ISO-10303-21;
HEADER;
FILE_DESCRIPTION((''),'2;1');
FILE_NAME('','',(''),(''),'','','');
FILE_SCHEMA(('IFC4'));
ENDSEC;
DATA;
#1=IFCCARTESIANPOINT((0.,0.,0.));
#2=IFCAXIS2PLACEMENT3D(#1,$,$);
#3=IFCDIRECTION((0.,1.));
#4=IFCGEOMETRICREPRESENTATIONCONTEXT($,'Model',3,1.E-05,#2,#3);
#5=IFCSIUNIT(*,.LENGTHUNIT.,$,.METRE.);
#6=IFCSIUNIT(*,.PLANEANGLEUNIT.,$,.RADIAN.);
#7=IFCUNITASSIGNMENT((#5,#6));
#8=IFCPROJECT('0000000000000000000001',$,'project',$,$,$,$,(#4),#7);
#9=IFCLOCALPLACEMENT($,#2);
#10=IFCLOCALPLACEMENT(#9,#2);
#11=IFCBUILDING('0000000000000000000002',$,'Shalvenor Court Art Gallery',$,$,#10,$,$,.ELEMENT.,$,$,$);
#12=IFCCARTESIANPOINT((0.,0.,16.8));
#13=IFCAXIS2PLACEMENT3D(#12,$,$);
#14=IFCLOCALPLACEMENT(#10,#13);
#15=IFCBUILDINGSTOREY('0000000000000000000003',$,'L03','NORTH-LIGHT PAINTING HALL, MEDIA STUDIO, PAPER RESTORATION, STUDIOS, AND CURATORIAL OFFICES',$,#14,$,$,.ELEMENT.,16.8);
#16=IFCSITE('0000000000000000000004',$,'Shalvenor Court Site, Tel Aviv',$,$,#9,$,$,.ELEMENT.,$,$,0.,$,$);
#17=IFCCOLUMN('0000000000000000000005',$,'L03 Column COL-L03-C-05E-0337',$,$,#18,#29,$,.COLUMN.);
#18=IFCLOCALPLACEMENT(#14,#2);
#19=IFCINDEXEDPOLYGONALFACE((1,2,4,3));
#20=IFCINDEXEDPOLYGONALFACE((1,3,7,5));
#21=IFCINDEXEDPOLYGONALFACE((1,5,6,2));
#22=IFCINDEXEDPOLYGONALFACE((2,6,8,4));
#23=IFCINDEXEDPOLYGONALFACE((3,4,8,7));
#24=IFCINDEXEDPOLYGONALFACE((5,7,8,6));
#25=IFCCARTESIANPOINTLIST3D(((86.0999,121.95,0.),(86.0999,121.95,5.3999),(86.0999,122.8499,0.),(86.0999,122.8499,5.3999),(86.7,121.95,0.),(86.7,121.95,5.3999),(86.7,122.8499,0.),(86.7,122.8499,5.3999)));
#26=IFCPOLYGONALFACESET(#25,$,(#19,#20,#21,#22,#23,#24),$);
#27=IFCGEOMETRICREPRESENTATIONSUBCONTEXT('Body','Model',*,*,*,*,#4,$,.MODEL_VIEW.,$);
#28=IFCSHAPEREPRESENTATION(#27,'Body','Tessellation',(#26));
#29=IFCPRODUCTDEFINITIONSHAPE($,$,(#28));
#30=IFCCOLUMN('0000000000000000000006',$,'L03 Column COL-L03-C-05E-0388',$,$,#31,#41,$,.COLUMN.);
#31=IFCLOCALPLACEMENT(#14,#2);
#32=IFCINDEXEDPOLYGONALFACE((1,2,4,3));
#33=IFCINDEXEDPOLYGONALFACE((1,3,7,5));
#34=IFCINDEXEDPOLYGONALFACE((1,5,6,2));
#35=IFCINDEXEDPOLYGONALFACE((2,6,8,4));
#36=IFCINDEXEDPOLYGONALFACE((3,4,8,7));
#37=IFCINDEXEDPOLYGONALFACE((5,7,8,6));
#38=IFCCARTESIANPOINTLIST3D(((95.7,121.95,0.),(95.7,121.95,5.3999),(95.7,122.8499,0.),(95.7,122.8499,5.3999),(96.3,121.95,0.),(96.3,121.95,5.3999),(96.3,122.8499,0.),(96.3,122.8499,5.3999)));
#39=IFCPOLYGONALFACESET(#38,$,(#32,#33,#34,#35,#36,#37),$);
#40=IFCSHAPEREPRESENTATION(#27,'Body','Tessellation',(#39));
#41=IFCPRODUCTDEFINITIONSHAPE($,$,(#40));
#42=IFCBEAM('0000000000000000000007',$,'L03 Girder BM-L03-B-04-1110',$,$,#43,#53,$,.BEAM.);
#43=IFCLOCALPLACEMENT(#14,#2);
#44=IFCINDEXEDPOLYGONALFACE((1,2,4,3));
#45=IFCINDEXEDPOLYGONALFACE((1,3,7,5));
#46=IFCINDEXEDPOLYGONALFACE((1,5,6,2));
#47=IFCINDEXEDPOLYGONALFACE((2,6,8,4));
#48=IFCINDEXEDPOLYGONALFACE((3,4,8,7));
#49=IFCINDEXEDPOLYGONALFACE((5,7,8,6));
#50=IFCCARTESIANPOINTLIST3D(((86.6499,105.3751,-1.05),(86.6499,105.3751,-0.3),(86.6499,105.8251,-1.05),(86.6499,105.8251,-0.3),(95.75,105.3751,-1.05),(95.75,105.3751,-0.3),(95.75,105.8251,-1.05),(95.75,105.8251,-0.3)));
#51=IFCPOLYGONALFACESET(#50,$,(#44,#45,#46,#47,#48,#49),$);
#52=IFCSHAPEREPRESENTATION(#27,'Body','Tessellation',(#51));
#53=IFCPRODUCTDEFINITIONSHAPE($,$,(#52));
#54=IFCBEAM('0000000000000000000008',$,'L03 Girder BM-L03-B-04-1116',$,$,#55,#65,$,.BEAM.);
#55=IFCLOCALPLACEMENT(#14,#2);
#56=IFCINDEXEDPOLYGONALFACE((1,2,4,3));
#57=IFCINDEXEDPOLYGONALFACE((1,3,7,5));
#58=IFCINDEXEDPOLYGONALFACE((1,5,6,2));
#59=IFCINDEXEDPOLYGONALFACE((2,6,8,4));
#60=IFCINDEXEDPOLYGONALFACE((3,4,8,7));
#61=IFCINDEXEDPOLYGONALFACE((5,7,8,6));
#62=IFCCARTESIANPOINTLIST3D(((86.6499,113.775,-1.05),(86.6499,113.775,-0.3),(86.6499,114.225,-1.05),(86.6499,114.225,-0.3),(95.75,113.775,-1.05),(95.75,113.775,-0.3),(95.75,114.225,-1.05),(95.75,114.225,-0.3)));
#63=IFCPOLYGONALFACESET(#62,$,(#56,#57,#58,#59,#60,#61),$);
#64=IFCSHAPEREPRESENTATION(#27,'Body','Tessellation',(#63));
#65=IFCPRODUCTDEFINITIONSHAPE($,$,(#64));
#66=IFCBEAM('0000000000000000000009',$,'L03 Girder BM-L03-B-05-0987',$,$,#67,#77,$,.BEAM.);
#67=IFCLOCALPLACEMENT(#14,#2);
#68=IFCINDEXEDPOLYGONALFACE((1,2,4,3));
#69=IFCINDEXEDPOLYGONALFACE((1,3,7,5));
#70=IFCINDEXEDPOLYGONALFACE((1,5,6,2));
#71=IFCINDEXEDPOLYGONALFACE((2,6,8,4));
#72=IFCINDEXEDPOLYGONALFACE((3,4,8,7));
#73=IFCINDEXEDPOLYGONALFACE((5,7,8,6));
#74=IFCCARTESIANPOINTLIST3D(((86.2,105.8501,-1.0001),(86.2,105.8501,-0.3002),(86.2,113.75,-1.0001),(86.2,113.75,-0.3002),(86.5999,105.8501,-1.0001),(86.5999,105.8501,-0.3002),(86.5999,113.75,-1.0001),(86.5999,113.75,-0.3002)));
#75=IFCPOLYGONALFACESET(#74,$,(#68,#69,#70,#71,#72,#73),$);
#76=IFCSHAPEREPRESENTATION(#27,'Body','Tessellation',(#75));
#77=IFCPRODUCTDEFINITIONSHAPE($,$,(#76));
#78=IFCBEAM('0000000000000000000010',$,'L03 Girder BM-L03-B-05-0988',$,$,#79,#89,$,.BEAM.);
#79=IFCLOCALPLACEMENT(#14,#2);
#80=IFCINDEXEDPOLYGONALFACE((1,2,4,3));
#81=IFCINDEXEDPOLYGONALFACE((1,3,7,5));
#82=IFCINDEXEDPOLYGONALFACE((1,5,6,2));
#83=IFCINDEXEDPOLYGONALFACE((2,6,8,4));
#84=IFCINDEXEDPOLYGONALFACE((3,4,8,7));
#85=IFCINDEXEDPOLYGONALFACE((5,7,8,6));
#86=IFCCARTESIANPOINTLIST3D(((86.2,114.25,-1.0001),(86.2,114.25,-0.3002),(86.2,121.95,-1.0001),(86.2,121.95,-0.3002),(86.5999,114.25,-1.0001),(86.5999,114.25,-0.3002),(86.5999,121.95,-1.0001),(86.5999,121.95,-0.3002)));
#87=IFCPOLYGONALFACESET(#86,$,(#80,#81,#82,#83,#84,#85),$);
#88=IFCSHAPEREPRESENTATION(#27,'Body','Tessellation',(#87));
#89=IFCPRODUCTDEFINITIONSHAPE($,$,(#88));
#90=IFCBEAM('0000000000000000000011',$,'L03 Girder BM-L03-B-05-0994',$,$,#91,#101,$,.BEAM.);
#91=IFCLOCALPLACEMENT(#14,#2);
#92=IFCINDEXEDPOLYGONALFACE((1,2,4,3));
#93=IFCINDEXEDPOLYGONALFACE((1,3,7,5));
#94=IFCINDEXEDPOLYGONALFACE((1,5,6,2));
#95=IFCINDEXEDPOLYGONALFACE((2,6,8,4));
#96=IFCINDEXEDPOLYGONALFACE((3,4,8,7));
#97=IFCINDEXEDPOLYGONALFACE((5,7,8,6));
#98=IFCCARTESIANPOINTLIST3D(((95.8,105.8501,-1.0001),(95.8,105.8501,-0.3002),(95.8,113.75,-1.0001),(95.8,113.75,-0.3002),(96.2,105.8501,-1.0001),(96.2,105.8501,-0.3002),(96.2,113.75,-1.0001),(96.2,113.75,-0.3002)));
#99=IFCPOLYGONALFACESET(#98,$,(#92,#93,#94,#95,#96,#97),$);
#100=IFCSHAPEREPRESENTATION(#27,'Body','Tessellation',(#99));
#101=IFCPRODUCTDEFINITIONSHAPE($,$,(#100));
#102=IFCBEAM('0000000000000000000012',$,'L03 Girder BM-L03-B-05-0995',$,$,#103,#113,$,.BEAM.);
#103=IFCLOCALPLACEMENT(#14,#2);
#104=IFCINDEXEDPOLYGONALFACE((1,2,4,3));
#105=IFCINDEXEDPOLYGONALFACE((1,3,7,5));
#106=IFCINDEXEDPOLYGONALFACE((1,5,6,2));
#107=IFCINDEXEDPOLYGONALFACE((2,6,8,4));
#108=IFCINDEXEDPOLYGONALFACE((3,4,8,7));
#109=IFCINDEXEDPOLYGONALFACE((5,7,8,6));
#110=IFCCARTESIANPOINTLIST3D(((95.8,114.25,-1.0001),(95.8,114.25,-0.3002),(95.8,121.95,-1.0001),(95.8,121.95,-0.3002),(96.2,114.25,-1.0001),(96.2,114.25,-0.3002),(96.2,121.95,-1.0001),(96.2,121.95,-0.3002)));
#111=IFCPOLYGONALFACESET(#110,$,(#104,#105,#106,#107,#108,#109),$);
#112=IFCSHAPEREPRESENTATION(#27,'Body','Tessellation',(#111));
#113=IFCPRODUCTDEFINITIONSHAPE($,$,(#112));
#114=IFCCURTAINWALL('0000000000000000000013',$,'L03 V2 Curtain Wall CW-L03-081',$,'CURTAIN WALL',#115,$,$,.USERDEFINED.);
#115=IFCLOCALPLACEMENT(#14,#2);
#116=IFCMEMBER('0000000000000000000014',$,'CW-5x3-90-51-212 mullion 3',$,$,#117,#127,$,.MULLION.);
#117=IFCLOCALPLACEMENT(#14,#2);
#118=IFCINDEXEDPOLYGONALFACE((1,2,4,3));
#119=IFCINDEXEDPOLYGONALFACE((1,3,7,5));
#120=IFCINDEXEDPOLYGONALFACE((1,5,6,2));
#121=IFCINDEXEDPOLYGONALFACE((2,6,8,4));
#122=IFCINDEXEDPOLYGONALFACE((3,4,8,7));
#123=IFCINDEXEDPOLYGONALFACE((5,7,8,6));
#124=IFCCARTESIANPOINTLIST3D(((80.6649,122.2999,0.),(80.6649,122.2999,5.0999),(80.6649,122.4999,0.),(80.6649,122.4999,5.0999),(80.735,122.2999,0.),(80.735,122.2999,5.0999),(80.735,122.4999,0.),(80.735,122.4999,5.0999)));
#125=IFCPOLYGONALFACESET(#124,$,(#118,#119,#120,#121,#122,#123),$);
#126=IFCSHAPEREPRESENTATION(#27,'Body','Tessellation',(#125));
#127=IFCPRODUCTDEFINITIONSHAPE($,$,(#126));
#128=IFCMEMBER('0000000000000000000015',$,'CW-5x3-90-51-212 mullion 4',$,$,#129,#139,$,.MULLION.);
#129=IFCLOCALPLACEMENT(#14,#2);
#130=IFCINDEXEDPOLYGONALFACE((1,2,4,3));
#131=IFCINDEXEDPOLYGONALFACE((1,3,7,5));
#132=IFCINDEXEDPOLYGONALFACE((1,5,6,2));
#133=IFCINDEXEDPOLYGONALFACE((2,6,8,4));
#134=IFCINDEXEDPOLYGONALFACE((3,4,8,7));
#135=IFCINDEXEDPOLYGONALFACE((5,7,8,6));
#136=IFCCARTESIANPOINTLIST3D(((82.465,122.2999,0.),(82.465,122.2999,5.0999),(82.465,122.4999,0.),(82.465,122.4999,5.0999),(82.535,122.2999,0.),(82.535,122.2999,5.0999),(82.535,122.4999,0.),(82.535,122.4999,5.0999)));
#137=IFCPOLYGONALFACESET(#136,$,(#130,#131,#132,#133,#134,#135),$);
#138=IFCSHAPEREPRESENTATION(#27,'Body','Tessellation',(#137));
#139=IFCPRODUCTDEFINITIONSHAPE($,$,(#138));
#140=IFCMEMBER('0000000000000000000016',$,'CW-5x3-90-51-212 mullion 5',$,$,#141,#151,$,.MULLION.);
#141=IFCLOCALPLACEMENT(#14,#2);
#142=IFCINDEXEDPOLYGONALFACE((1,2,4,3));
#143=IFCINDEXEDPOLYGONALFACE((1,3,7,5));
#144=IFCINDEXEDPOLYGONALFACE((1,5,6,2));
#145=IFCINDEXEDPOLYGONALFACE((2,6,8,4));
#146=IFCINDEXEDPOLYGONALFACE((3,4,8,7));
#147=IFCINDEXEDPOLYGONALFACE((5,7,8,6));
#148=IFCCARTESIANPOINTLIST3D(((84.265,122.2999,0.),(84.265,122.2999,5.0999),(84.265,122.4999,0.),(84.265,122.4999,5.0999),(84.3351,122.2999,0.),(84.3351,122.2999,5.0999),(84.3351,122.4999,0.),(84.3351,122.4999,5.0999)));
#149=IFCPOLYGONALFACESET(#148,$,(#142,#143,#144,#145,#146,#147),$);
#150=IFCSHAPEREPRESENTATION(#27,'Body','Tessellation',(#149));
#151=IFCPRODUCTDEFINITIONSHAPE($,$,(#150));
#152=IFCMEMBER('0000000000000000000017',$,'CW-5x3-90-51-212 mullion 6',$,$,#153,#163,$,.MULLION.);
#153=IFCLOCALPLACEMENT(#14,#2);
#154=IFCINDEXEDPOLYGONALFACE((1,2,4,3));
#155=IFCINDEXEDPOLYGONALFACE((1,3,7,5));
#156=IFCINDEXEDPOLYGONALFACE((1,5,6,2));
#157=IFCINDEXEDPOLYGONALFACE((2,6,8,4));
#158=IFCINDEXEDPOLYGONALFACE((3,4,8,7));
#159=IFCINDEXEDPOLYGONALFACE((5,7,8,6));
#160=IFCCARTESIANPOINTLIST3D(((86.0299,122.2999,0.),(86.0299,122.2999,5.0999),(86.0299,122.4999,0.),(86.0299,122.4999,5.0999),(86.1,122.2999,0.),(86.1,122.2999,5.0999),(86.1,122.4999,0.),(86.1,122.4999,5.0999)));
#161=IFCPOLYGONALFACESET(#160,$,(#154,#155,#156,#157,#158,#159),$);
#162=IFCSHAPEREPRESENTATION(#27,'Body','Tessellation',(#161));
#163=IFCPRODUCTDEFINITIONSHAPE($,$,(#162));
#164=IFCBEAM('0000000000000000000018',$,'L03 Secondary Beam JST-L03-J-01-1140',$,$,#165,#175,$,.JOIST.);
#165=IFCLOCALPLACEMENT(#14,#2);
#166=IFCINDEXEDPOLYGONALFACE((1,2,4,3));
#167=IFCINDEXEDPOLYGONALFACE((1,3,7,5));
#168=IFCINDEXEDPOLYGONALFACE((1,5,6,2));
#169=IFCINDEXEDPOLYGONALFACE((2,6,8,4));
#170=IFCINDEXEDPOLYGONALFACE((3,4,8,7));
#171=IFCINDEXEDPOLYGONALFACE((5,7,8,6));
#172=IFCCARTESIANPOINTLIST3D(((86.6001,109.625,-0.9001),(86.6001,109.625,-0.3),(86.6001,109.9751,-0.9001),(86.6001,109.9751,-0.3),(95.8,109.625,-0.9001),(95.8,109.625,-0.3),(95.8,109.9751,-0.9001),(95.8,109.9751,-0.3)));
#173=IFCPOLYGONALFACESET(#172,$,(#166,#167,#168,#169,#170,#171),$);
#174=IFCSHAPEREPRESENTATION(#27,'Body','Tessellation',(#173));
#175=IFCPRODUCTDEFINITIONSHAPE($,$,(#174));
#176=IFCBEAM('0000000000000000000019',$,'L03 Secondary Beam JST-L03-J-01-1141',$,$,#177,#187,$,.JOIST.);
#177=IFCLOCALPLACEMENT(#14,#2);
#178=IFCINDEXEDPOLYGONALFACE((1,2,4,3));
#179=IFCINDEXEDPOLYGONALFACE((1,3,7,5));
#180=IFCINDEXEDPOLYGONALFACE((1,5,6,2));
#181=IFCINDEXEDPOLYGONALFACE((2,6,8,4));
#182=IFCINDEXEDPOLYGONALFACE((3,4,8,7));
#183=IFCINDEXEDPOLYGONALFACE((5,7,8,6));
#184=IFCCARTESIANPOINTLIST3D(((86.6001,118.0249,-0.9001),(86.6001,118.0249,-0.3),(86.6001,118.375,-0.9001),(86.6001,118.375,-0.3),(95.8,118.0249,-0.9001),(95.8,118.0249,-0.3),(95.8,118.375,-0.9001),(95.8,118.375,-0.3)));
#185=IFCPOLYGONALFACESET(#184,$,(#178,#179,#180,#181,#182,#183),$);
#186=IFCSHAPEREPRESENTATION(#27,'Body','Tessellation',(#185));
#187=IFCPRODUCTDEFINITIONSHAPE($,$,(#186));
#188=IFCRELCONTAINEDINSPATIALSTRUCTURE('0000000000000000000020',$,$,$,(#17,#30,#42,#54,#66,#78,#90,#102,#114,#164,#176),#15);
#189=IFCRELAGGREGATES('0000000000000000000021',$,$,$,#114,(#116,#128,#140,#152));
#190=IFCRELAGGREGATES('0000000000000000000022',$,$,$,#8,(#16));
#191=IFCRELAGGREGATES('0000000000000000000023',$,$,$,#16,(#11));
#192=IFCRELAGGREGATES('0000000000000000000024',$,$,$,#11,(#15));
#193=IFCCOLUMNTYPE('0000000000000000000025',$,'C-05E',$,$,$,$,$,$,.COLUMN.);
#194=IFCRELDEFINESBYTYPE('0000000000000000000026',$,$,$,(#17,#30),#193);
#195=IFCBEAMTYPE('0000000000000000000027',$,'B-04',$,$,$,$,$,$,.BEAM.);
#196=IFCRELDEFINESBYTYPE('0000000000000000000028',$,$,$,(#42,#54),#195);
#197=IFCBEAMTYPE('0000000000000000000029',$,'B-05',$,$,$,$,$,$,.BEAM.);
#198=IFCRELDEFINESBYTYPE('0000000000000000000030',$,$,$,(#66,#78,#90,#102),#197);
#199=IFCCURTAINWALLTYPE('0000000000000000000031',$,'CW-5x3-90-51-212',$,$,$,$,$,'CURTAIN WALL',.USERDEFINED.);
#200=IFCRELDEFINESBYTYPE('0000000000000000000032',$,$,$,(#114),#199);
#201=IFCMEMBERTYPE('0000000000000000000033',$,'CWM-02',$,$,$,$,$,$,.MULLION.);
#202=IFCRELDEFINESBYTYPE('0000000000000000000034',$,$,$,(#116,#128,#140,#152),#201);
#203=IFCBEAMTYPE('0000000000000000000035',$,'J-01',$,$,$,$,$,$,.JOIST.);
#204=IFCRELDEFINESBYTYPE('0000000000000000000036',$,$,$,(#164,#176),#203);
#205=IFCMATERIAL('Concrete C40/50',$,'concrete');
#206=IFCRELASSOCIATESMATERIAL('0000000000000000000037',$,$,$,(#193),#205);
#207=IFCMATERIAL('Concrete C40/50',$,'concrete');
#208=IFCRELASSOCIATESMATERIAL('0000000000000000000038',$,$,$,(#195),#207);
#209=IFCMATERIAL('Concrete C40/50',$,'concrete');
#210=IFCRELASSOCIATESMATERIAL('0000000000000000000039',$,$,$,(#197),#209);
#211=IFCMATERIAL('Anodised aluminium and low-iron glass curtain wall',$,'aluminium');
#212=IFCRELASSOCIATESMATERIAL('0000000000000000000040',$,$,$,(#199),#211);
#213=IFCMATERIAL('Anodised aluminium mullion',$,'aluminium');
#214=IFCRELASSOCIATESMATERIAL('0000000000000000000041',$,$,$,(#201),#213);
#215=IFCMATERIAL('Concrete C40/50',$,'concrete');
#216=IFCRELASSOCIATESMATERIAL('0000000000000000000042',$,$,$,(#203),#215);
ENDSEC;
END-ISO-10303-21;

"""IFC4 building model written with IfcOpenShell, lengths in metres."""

from ifc_helpers import new_model, si_unit, direction, frame, origin, origin_2d, place, context, subcontext, project, spatial, rectangle, extrude, material, material_profile, profile_set, type_object, element, aggregate, save


model = new_model("IFC4")

# Units and contexts
model_context = context("Model", 3, precision=1e-05, world=origin(), true_north=direction((0.0, 1.0)))
body_context = subcontext(model_context, "Body", "Model", "MODEL_VIEW")
ifc_project = project(units=[si_unit("LENGTHUNIT", "METRE"), si_unit("PLANEANGLEUNIT", "RADIAN")], contexts=[model_context])

# Site, building, storey
site_placement = place(None, origin())
site = spatial("IfcSite", under=ifc_project, at=site_placement, Name="Shalvenor Court Site, Tel Aviv", CompositionType="ELEMENT", RefElevation=0.0)
building_placement = place(site_placement, origin())
building = spatial("IfcBuilding", under=site, at=building_placement, Name="Shalvenor Court Art Gallery", CompositionType="ELEMENT")
storey_placement = place(building_placement, frame((0.0, 0.0, 16.8)))
storey = spatial("IfcBuildingStorey", under=building, at=storey_placement, Name="L03", Description="NORTH-LIGHT PAINTING HALL, MEDIA STUDIO, PAPER RESTORATION, STUDIOS, AND CURATORIAL OFFICES", CompositionType="ELEMENT", Elevation=16.8)

# Columns
ifc_material_1 = material(Name="Concrete C40/50", Category="concrete")
ifc_material_profile_1 = material_profile(ifc_material_1, rectangle(XDim=0.6001, YDim=0.8999, at=origin_2d()), Name="RC 600x900")
ifc_profile_set_1 = profile_set([ifc_material_profile_1], Name="Concrete C40/50")
column_type = type_object("IfcColumnType", Name="C-05E", PredefinedType="COLUMN", material=ifc_profile_set_1)
for number, where, z_axis, x_axis, name in (
    (1, (86.3999, 122.3999, 0.0), (0.0, 0.0, 1.0), (1.0, 0.0, 0.0), "L03 Column COL-L03-C-05E-0337"),
    (2, (96.0, 122.3999, 0.0), (0.0, 0.0, 1.0), (1.0, 0.0, 0.0), "L03 Column COL-L03-C-05E-0388"),
):
    element("IfcColumn", number, at=place(storey_placement, frame(where, z_axis=z_axis, x_axis=x_axis)), inside=storey, type_object=column_type, Name=name, PredefinedType="COLUMN", context=body_context, shape_type="SweptSolid", body=[
        extrude(rectangle(XDim=0.6001, YDim=0.8999, at=origin_2d()), origin(), (0.0, 0.0, 1.0), 5.3999),
    ])

# Beams
ifc_material_2 = material(Name="Concrete C40/50", Category="concrete")
ifc_material_profile_2 = material_profile(ifc_material_2, rectangle(XDim=0.45, YDim=0.75, at=origin_2d()), Name="RC 450x750")
ifc_profile_set_2 = profile_set([ifc_material_profile_2], Name="Concrete C40/50")
beam_type_1 = type_object("IfcBeamType", Name="B-04", PredefinedType="BEAM", material=ifc_profile_set_2)
for number, where, z_axis, x_axis, name in (
    (3, (86.6499, 105.6001, -0.675), (1.0, 0.0, 0.0), (0.0, 1.0, 0.0), "L03 Girder BM-L03-B-04-1110"),
    (4, (86.6499, 114.0, -0.675), (1.0, 0.0, 0.0), (0.0, 1.0, 0.0), "L03 Girder BM-L03-B-04-1116"),
):
    element("IfcBeam", number, at=place(storey_placement, frame(where, z_axis=z_axis, x_axis=x_axis)), inside=storey, type_object=beam_type_1, Name=name, PredefinedType="BEAM", context=body_context, shape_type="SweptSolid", body=[
        extrude(rectangle(XDim=0.45, YDim=0.75, at=origin_2d()), origin(), (0.0, 0.0, 1.0), 9.1001),
    ])
ifc_material_3 = material(Name="Concrete C40/50", Category="concrete")
ifc_material_profile_3 = material_profile(ifc_material_3, rectangle(XDim=0.3999, YDim=0.7, at=origin_2d()), Name="RC 400x700")
ifc_profile_set_3 = profile_set([ifc_material_profile_3], Name="Concrete C40/50")
beam_type_2 = type_object("IfcBeamType", Name="B-05", PredefinedType="BEAM", material=ifc_profile_set_3)
beam_1_placement = place(storey_placement, frame((86.3999, 105.8501, -0.6501), z_axis=(0.0, 1.0, 0.0), x_axis=(-1.0, 0.0, 0.0)))
element("IfcBeam", 5, at=beam_1_placement, inside=storey, type_object=beam_type_2, Name="L03 Girder BM-L03-B-05-0987", PredefinedType="BEAM", context=body_context, shape_type="SweptSolid", body=[
    extrude(rectangle(XDim=0.3999, YDim=0.7, at=origin_2d()), origin(), (0.0, 0.0, 1.0), 7.8999),
])
beam_2_placement = place(storey_placement, frame((86.3999, 114.25, -0.6501), z_axis=(0.0, 1.0, 0.0), x_axis=(-1.0, 0.0, 0.0)))
element("IfcBeam", 6, at=beam_2_placement, inside=storey, type_object=beam_type_2, Name="L03 Girder BM-L03-B-05-0988", PredefinedType="BEAM", context=body_context, shape_type="SweptSolid", body=[
    extrude(rectangle(XDim=0.3999, YDim=0.7, at=origin_2d()), origin(), (0.0, 0.0, 1.0), 7.7),
])
beam_3_placement = place(storey_placement, frame((96.0, 105.8501, -0.6501), z_axis=(0.0, 1.0, 0.0), x_axis=(-1.0, 0.0, 0.0)))
element("IfcBeam", 7, at=beam_3_placement, inside=storey, type_object=beam_type_2, Name="L03 Girder BM-L03-B-05-0994", PredefinedType="BEAM", context=body_context, shape_type="SweptSolid", body=[
    extrude(rectangle(XDim=0.3999, YDim=0.7, at=origin_2d()), origin(), (0.0, 0.0, 1.0), 7.8999),
])
beam_4_placement = place(storey_placement, frame((96.0, 114.25, -0.6501), z_axis=(0.0, 1.0, 0.0), x_axis=(-1.0, 0.0, 0.0)))
element("IfcBeam", 8, at=beam_4_placement, inside=storey, type_object=beam_type_2, Name="L03 Girder BM-L03-B-05-0995", PredefinedType="BEAM", context=body_context, shape_type="SweptSolid", body=[
    extrude(rectangle(XDim=0.3999, YDim=0.7, at=origin_2d()), origin(), (0.0, 0.0, 1.0), 7.7),
])

# Curtain wall, members
ifc_material_4 = material(Name="Anodised aluminium and low-iron glass curtain wall", Category="aluminium")
curtain_wall_type = type_object("IfcCurtainWallType", Name="CW-5x3-90-51-212", ElementType="CURTAIN WALL", PredefinedType="USERDEFINED", material=ifc_material_4)
curtain_wall_placement = place(storey_placement, origin())
curtain_wall = element("IfcCurtainWall", 9, at=curtain_wall_placement, inside=storey, type_object=curtain_wall_type, Name="L03 V2 Curtain Wall CW-L03-081", ObjectType="CURTAIN WALL", PredefinedType="USERDEFINED")
ifc_material_5 = material(Name="Anodised aluminium mullion", Category="aluminium")
ifc_material_profile_4 = material_profile(ifc_material_5, rectangle(XDim=0.0701, YDim=0.2, at=origin_2d()), Name="CWM-02")
ifc_profile_set_4 = profile_set([ifc_material_profile_4], Name="Anodised aluminium mullion")
member_type = type_object("IfcMemberType", Name="CWM-02", PredefinedType="MULLION", material=ifc_profile_set_4)
member_1_placement = place(storey_placement, frame((80.7, 122.3999, 0.0), z_axis=(0.0, 0.0, 1.0), x_axis=(1.0, 0.0, 0.0)))
member_1 = element("IfcMember", 10, at=member_1_placement, type_object=member_type, Name="CW-5x3-90-51-212 mullion 3", PredefinedType="MULLION", context=body_context, shape_type="SweptSolid", body=[
    extrude(rectangle(XDim=0.0701, YDim=0.2, at=origin_2d()), origin(), (0.0, 0.0, 1.0), 5.0999),
])
member_2_placement = place(storey_placement, frame((82.5, 122.3999, 0.0), z_axis=(0.0, 0.0, 1.0), x_axis=(1.0, 0.0, 0.0)))
member_2 = element("IfcMember", 11, at=member_2_placement, type_object=member_type, Name="CW-5x3-90-51-212 mullion 4", PredefinedType="MULLION", context=body_context, shape_type="SweptSolid", body=[
    extrude(rectangle(XDim=0.0701, YDim=0.2, at=origin_2d()), origin(), (0.0, 0.0, 1.0), 5.0999),
])
member_3_placement = place(storey_placement, frame((84.3, 122.3999, 0.0), z_axis=(0.0, 0.0, 1.0), x_axis=(1.0, 0.0, 0.0)))
member_3 = element("IfcMember", 12, at=member_3_placement, type_object=member_type, Name="CW-5x3-90-51-212 mullion 5", PredefinedType="MULLION", context=body_context, shape_type="SweptSolid", body=[
    extrude(rectangle(XDim=0.0701, YDim=0.2, at=origin_2d()), origin(), (0.0, 0.0, 1.0), 5.0999),
])
member_4_placement = place(storey_placement, frame((86.0649, 122.3999, 0.0), z_axis=(0.0, 0.0, 1.0), x_axis=(1.0, 0.0, 0.0)))
member_4 = element("IfcMember", 13, at=member_4_placement, type_object=member_type, Name="CW-5x3-90-51-212 mullion 6", PredefinedType="MULLION", context=body_context, shape_type="SweptSolid", body=[
    extrude(rectangle(XDim=0.0701, YDim=0.2, at=origin_2d()), origin(), (0.0, 0.0, 1.0), 5.0999),
])

# Beams
ifc_material_6 = material(Name="Concrete C40/50", Category="concrete")
ifc_material_profile_5 = material_profile(ifc_material_6, rectangle(XDim=0.3501, YDim=0.6001, at=origin_2d()), Name="RC 350x600")
ifc_profile_set_5 = profile_set([ifc_material_profile_5], Name="Concrete C40/50")
beam_type_3 = type_object("IfcBeamType", Name="J-01", PredefinedType="JOIST", material=ifc_profile_set_5)
for number, where, z_axis, x_axis, name in (
    (14, (86.6001, 109.8, -0.6001), (1.0, 0.0, 0.0), (0.0, 1.0, 0.0), "L03 Secondary Beam JST-L03-J-01-1140"),
    (15, (86.6001, 118.2, -0.6001), (1.0, 0.0, 0.0), (0.0, 1.0, 0.0), "L03 Secondary Beam JST-L03-J-01-1141"),
):
    element("IfcBeam", number, at=place(storey_placement, frame(where, z_axis=z_axis, x_axis=x_axis)), inside=storey, type_object=beam_type_3, Name=name, PredefinedType="JOIST", context=body_context, shape_type="SweptSolid", body=[
        extrude(rectangle(XDim=0.3501, YDim=0.6001, at=origin_2d()), origin(), (0.0, 0.0, 1.0), 9.2),
    ])

aggregate(curtain_wall, [member_1, member_2, member_3, member_4])

save(model, "model.ifc")
